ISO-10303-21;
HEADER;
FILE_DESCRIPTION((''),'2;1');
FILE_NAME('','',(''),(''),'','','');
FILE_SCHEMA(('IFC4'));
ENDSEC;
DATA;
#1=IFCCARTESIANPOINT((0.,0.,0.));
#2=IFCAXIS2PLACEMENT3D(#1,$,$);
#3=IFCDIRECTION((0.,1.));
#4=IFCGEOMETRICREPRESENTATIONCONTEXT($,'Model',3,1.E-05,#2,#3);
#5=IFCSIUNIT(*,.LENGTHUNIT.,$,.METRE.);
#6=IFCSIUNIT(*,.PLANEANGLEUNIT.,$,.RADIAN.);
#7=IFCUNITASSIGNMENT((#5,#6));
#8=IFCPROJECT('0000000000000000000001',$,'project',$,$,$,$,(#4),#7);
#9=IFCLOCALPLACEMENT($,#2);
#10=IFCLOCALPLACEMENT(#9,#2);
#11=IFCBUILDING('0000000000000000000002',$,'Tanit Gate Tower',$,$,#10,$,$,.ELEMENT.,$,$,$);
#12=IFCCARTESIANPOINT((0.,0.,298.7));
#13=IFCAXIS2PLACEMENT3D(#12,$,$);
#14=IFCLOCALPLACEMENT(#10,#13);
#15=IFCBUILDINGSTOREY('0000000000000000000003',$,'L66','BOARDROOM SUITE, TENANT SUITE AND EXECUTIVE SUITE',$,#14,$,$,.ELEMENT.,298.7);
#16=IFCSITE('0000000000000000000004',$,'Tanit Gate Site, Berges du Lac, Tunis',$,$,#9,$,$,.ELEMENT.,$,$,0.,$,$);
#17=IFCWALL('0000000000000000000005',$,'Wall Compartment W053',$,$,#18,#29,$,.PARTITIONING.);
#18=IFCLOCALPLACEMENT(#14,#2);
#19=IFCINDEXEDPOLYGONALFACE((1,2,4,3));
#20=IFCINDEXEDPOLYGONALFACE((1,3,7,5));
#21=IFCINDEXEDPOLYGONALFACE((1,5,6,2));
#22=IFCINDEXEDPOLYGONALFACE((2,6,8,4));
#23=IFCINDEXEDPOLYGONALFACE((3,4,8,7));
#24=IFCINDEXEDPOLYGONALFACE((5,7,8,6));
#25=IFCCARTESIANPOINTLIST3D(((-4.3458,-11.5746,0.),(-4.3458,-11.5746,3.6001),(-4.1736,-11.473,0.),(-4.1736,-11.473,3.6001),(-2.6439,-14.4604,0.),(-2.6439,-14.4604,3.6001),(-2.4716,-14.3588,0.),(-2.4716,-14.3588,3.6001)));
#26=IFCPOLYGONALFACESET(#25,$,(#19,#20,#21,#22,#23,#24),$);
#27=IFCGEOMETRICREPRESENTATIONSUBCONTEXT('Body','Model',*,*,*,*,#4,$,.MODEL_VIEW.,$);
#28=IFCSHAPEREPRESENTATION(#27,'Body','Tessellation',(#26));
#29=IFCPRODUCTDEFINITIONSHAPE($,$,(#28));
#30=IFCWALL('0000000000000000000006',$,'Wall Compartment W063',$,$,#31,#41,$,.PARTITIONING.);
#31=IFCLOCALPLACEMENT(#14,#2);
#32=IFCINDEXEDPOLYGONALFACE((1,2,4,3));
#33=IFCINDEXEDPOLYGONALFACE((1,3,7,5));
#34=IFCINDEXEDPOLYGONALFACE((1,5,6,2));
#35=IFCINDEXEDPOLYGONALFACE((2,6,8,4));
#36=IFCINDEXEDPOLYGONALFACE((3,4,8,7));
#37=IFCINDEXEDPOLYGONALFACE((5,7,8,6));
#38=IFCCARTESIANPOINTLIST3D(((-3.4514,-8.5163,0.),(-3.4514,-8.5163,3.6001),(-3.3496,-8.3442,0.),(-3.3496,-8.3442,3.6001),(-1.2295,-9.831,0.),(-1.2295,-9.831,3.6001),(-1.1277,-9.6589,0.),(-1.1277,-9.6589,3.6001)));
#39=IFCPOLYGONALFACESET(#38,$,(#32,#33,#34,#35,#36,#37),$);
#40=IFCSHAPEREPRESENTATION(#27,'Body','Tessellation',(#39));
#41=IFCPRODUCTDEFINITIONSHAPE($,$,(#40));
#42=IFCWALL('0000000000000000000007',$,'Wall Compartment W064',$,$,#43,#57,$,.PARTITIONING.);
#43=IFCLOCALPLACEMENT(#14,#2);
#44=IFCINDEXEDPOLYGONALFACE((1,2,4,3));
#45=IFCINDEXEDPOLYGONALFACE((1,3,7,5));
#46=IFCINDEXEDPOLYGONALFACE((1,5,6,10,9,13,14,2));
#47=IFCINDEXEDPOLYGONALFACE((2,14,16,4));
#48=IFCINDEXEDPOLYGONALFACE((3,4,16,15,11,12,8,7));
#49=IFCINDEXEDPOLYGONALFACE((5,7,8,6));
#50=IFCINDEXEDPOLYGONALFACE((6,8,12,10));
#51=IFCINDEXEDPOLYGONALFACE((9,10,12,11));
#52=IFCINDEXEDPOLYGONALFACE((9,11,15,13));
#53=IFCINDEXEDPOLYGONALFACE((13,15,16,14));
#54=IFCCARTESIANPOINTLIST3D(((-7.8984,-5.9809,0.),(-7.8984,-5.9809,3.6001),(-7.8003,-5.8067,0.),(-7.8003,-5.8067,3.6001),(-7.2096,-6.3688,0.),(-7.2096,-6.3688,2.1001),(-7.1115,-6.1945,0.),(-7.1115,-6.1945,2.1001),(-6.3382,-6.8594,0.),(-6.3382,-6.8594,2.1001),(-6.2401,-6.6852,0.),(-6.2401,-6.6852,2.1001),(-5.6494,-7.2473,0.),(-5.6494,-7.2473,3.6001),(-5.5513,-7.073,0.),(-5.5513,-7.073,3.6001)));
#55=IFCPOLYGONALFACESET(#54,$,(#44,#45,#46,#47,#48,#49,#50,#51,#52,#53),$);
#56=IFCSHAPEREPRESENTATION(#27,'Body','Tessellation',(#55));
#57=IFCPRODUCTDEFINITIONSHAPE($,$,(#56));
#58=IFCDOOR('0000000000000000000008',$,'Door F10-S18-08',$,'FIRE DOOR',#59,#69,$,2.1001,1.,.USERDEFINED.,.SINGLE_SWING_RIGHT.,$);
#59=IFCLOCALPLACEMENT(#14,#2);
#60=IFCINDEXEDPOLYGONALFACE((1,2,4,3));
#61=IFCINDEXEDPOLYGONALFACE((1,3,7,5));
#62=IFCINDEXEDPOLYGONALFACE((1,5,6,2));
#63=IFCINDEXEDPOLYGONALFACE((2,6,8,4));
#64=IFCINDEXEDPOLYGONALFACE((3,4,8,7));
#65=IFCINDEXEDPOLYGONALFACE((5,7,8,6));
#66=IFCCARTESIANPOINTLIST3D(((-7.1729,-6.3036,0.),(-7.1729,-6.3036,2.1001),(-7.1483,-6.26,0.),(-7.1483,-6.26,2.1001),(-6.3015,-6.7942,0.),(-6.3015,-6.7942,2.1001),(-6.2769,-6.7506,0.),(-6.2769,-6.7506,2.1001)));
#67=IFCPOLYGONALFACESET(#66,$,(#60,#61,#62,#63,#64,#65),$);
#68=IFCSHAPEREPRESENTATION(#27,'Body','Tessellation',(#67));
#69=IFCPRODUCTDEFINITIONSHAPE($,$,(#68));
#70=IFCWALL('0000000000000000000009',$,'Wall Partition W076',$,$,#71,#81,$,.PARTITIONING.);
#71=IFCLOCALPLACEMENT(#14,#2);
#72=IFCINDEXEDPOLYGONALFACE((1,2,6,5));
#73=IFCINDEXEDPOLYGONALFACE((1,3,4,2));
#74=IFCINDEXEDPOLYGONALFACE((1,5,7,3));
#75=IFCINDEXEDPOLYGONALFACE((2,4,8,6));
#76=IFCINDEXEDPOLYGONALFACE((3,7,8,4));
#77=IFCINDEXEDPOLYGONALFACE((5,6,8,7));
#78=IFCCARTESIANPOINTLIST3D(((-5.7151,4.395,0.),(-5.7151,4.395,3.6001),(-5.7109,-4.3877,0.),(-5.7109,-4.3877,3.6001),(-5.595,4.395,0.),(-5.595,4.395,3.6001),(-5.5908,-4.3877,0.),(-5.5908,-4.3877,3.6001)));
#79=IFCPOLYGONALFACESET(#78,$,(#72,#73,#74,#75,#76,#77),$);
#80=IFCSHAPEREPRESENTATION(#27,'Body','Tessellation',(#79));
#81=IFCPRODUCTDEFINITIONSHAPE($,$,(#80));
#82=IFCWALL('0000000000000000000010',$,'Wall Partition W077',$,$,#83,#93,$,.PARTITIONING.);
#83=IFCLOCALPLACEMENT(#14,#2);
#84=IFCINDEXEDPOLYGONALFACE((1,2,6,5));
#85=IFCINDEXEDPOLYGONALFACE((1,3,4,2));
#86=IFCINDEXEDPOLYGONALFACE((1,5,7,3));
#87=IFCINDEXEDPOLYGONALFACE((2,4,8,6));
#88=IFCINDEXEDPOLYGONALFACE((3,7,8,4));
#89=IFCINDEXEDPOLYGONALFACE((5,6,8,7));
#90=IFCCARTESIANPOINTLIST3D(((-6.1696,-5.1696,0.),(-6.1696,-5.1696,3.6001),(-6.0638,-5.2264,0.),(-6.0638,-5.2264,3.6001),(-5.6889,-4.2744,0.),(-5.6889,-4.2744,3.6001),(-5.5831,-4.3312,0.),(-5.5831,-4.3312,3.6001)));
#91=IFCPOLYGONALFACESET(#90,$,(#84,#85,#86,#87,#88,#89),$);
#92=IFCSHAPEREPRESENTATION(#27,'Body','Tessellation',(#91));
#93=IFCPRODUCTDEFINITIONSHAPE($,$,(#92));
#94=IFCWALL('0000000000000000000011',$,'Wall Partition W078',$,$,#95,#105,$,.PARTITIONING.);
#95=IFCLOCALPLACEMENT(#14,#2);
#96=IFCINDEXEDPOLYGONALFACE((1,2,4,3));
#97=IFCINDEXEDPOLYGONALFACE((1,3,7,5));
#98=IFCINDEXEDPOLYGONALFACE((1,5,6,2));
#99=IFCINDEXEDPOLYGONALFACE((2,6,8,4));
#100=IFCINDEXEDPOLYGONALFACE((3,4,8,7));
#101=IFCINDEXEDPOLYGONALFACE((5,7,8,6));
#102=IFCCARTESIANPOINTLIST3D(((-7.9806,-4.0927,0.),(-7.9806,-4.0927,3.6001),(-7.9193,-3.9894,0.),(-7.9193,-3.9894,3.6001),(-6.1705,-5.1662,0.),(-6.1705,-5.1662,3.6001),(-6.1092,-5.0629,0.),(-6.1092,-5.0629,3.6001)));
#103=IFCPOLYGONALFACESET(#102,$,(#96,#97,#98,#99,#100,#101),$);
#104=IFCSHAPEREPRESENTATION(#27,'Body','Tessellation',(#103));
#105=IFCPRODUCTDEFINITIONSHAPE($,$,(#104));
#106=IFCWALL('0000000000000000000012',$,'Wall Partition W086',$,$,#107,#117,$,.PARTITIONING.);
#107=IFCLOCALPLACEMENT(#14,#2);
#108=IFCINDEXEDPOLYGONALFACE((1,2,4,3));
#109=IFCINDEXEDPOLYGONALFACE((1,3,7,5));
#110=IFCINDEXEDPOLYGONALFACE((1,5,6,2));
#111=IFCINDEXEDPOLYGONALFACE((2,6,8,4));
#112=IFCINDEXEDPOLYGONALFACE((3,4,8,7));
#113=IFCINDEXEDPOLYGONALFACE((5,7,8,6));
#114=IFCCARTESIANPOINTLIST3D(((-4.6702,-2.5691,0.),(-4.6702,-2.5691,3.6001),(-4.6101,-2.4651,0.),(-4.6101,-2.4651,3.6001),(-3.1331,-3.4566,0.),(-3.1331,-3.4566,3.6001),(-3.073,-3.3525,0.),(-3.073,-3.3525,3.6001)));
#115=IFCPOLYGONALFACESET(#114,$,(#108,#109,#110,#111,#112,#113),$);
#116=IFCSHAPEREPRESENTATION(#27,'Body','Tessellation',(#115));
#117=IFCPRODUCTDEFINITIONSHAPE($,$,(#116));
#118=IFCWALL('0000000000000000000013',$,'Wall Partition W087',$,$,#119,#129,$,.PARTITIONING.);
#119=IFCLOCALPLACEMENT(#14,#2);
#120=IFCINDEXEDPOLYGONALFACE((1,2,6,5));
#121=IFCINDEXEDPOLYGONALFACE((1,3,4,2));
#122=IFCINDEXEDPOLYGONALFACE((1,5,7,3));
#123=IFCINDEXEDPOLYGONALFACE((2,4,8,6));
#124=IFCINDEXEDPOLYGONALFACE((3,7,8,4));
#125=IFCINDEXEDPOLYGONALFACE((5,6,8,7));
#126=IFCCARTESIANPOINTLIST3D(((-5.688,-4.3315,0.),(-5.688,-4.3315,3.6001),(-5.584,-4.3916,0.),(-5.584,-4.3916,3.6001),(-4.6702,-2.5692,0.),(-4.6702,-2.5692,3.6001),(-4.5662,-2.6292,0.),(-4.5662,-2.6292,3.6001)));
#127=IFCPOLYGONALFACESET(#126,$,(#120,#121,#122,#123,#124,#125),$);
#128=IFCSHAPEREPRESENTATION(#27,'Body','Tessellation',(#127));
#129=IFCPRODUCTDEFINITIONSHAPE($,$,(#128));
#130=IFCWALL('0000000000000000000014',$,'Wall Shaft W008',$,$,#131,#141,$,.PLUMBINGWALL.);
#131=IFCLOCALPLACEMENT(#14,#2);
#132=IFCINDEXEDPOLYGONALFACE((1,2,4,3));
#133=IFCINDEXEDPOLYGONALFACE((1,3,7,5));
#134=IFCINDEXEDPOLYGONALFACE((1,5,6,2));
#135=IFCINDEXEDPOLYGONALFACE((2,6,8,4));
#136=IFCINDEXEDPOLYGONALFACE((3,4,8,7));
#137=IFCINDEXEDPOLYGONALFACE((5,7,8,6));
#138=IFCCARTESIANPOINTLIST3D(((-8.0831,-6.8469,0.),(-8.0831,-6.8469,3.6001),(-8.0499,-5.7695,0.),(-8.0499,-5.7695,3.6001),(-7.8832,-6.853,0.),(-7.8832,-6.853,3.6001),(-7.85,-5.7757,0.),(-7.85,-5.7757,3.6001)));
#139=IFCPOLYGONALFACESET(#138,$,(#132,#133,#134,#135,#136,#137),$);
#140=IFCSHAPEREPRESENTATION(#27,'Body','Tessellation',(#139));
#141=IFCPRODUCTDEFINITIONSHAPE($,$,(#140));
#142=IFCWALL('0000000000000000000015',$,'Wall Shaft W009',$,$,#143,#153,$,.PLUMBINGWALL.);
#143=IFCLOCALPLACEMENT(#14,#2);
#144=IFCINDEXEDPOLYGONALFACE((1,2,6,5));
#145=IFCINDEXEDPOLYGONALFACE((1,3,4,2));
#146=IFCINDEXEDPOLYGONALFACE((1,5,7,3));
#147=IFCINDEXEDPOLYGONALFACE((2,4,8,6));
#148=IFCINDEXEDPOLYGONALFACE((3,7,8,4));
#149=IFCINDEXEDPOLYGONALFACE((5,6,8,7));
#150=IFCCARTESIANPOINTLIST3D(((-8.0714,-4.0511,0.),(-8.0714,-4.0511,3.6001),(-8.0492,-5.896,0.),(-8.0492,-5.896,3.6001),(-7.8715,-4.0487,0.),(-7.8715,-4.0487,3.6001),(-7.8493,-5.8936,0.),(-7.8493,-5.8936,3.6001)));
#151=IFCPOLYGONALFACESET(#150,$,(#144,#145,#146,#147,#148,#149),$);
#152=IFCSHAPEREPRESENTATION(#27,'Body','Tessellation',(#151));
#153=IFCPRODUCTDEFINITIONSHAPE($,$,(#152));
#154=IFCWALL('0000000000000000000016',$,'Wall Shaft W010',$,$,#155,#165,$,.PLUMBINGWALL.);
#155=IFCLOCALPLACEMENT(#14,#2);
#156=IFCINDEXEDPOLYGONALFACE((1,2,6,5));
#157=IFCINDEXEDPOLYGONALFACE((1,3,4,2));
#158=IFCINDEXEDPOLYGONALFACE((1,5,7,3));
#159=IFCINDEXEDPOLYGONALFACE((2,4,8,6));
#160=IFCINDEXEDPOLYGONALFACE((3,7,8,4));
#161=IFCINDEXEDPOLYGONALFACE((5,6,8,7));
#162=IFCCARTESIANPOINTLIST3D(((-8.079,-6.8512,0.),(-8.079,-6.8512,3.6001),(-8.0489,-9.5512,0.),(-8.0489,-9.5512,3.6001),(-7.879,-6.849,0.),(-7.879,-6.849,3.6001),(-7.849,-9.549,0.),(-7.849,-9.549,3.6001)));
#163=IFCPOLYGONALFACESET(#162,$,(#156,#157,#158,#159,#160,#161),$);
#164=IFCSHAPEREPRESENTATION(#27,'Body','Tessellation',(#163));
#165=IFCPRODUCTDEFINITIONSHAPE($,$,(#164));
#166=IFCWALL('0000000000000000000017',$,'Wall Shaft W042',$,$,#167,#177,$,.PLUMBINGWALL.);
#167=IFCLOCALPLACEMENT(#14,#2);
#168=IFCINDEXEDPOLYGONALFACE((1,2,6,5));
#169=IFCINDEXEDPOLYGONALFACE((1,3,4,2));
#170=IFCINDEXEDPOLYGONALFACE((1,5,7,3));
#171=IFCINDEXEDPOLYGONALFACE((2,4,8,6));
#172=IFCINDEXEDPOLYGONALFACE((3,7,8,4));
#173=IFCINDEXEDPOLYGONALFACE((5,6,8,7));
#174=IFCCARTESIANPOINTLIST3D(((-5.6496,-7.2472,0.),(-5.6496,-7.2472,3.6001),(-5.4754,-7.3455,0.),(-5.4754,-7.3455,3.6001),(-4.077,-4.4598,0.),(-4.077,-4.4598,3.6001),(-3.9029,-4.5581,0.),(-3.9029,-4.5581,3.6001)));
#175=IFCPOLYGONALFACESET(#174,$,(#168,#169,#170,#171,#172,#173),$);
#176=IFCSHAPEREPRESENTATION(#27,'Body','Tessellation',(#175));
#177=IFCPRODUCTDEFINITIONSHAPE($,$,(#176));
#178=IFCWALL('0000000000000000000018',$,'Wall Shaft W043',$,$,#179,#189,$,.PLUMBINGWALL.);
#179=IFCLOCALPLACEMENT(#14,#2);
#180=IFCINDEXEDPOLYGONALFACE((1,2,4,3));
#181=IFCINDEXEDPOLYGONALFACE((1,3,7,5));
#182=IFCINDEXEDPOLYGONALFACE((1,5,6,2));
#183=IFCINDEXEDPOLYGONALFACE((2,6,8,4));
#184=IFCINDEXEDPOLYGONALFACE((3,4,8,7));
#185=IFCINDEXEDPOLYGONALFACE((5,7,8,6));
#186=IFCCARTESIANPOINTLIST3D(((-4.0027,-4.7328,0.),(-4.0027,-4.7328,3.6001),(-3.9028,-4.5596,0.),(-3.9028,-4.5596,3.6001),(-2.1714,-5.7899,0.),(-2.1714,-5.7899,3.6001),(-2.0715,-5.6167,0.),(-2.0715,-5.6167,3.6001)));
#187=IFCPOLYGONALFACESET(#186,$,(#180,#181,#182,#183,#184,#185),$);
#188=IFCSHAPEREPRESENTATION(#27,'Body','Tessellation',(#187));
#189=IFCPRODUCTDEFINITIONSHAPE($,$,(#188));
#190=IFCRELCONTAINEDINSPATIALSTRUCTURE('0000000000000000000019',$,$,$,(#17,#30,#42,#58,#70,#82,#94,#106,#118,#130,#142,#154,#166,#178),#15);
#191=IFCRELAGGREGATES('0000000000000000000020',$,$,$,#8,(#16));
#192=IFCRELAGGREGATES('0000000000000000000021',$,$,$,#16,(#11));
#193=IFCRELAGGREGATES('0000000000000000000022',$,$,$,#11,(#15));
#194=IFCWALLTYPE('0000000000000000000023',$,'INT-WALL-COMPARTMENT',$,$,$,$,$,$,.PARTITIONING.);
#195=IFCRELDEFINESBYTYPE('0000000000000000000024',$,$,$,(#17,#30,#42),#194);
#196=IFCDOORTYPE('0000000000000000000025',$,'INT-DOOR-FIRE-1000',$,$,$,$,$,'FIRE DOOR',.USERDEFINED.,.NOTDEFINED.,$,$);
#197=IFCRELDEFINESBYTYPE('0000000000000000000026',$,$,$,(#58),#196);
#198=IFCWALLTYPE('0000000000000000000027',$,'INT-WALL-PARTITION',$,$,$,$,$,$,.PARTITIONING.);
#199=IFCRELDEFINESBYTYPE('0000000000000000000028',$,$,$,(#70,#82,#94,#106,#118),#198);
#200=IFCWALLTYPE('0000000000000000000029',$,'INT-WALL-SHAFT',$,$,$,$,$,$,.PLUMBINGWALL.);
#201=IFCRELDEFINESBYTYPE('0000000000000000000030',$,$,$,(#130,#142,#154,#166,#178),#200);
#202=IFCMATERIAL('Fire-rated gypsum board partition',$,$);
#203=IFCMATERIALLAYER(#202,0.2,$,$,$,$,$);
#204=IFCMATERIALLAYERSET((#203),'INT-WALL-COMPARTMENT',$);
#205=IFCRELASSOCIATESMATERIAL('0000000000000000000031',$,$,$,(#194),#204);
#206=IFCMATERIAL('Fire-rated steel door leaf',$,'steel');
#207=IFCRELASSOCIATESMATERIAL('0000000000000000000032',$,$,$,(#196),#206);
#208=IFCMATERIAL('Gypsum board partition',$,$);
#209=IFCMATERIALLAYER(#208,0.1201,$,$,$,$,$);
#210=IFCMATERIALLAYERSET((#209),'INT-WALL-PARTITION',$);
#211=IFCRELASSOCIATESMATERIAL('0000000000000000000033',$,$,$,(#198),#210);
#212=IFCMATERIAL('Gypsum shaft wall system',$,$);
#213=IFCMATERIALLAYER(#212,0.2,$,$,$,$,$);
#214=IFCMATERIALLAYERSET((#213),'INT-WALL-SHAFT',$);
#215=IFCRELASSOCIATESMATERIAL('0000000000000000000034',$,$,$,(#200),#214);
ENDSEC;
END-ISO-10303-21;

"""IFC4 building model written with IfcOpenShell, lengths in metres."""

from ifc_helpers import new_model, si_unit, direction, frame, frame_2d, origin, place, context, subcontext, project, spatial, rectangle, extrude, material, layer, layer_set, type_object, element, fill, save


model = new_model("IFC4")

# Units and contexts
model_context = context("Model", 3, precision=1e-05, world=origin(), true_north=direction((0.0, 1.0)))
body_context = subcontext(model_context, "Body", "Model", "MODEL_VIEW")
ifc_project = project(units=[si_unit("LENGTHUNIT", "METRE"), si_unit("PLANEANGLEUNIT", "RADIAN")], contexts=[model_context])

# Site, building, storey
site_placement = place(None, origin())
site = spatial("IfcSite", under=ifc_project, at=site_placement, Name="Tanit Gate Site, Berges du Lac, Tunis", CompositionType="ELEMENT", RefElevation=0.0)
building_placement = place(site_placement, origin())
building = spatial("IfcBuilding", under=site, at=building_placement, Name="Tanit Gate Tower", CompositionType="ELEMENT")
storey_placement = place(building_placement, frame((0.0, 0.0, 298.7)))
storey = spatial("IfcBuildingStorey", under=building, at=storey_placement, Name="L66", Description="BOARDROOM SUITE, TENANT SUITE AND EXECUTIVE SUITE", CompositionType="ELEMENT", Elevation=298.7)

# Walls
ifc_material_1 = material(Name="Fire-rated gypsum board partition")
ifc_layer_1 = layer(ifc_material_1, 0.2)
ifc_layer_set_1 = layer_set([ifc_layer_1], Name="INT-WALL-COMPARTMENT")
wall_type_1 = type_object("IfcWallType", Name="INT-WALL-COMPARTMENT", PredefinedType="PARTITIONING", material=ifc_layer_set_1)
wall_1_placement = place(storey_placement, frame((-4.2598, -11.5237, 0.0), z_axis=(0.0, 0.0, 1.0), x_axis=(0.507997, -0.861359, 0.0)))
element("IfcWall", 1, at=wall_1_placement, inside=storey, type_object=wall_type_1, Name="Wall Compartment W053", PredefinedType="PARTITIONING", context=body_context, shape_type="SweptSolid", body=[
    extrude(rectangle(XDim=3.3503, YDim=0.2, at=frame_2d((1.6753, 0.0))), origin(), (0.0, 0.0, 1.0), 3.6001),
])
wall_2_placement = place(storey_placement, frame((-3.4006, -8.4302, 0.0), z_axis=(0.0, 0.0, 1.0), x_axis=(0.860631, -0.509229, 0.0)))
element("IfcWall", 2, at=wall_2_placement, inside=storey, type_object=wall_type_1, Name="Wall Compartment W063", PredefinedType="PARTITIONING", context=body_context, shape_type="SweptSolid", body=[
    extrude(rectangle(XDim=2.5818, YDim=0.2, at=frame_2d((1.291, 0.0))), origin(), (0.0, 0.0, 1.0), 3.6001),
])

# Wall, opening, door
wall_3_placement = place(storey_placement, frame((-7.8494, -5.8938, 0.0), z_axis=(0.0, 0.0, 1.0), x_axis=(0.871363, -0.490638, 0.0)))
wall_3 = element("IfcWall", 3, at=wall_3_placement, inside=storey, type_object=wall_type_1, Name="Wall Compartment W064", PredefinedType="PARTITIONING", context=body_context, shape_type="SweptSolid", body=[
    extrude(rectangle(XDim=2.5811, YDim=0.2, at=frame_2d((1.2905, 0.0))), origin(), (0.0, 0.0, 1.0), 3.6001),
])
opening_1_placement = place(wall_3_placement, frame((0.7905, 0.0, 0.0)))
opening_1 = element("IfcOpeningElement", 4, at=opening_1_placement, cuts=wall_3, PredefinedType="OPENING", context=body_context, shape_type="SweptSolid", body=[
    extrude(rectangle(XDim=1.0, YDim=2.1001, at=frame_2d((0.5, 1.05))), frame((0.0, 0.1099, 0.0), z_axis=(0.0, -1.0, 0.0), x_axis=(1.0, 0.0, 0.0)), (0.0, 0.0, 1.0), 0.22),
])
ifc_material_2 = material(Name="Fire-rated steel door leaf", Category="steel")
door_type_1 = type_object("IfcDoorType", Name="INT-DOOR-FIRE-1000", ElementType="FIRE DOOR", OperationType="NOTDEFINED", PredefinedType="USERDEFINED", material=ifc_material_2)
door_1_placement = place(opening_1_placement, origin())
door_1 = element("IfcDoor", 5, at=door_1_placement, inside=storey, type_object=door_type_1, Name="Door F10-S18-08", ObjectType="FIRE DOOR", OperationType="SINGLE_SWING_RIGHT", OverallHeight=2.1001, OverallWidth=1.0, PredefinedType="USERDEFINED", context=body_context, shape_type="SweptSolid", body=[
    extrude(rectangle(XDim=1.0, YDim=2.1001, at=frame_2d((0.5, 1.05))), frame((0.0, 0.0249, 0.0), z_axis=(0.0, -1.0, 0.0), x_axis=(1.0, 0.0, 0.0)), (0.0, 0.0, 1.0), 0.05),
])
fill(opening_1, door_1)

# Walls
ifc_material_3 = material(Name="Gypsum board partition")
ifc_layer_2 = layer(ifc_material_3, 0.1201)
ifc_layer_set_2 = layer_set([ifc_layer_2], Name="INT-WALL-PARTITION")
wall_type_2 = type_object("IfcWallType", Name="INT-WALL-PARTITION", PredefinedType="PARTITIONING", material=ifc_layer_set_2)
wall_4_placement = place(storey_placement, frame((-5.6509, -4.3877, 0.0), z_axis=(0.0, 0.0, 1.0), x_axis=(-0.000473, 1.0, 0.0)))
element("IfcWall", 6, at=wall_4_placement, inside=storey, type_object=wall_type_2, Name="Wall Partition W076", PredefinedType="PARTITIONING", context=body_context, shape_type="SweptSolid", body=[
    extrude(rectangle(XDim=8.7827, YDim=0.1201, at=frame_2d((4.3914, 0.0))), origin(), (0.0, 0.0, 1.0), 3.6001),
])
wall_5_placement = place(storey_placement, frame((-6.1167, -5.198, 0.0), z_axis=(0.0, 0.0, 1.0), x_axis=(0.473068, 0.881026, 0.0)))
element("IfcWall", 7, at=wall_5_placement, inside=storey, type_object=wall_type_2, Name="Wall Partition W077", PredefinedType="PARTITIONING", context=body_context, shape_type="SweptSolid", body=[
    extrude(rectangle(XDim=1.0161, YDim=0.1201, at=frame_2d((0.5081, 0.0))), origin(), (0.0, 0.0, 1.0), 3.6001),
])
wall_6_placement = place(storey_placement, frame((-7.95, -4.041, 0.0), z_axis=(0.0, 0.0, 1.0), x_axis=(0.860112, -0.510104, 0.0)))
element("IfcWall", 8, at=wall_6_placement, inside=storey, type_object=wall_type_2, Name="Wall Partition W078", PredefinedType="PARTITIONING", context=body_context, shape_type="SweptSolid", body=[
    extrude(rectangle(XDim=2.1045, YDim=0.1201, at=frame_2d((1.0522, 0.0))), origin(), (0.0, 0.0, 1.0), 3.6001),
])
wall_7_placement = place(storey_placement, frame((-4.6401, -2.5171, 0.0), z_axis=(0.0, 0.0, 1.0), x_axis=(0.866025, -0.5, 0.0)))
element("IfcWall", 9, at=wall_7_placement, inside=storey, type_object=wall_type_2, Name="Wall Partition W086", PredefinedType="PARTITIONING", context=body_context, shape_type="SweptSolid", body=[
    extrude(rectangle(XDim=1.7749, YDim=0.1201, at=frame_2d((0.8875, 0.0))), origin(), (0.0, 0.0, 1.0), 3.6001),
])
wall_8_placement = place(storey_placement, frame((-5.636, -4.3616, 0.0), z_axis=(0.0, 0.0, 1.0), x_axis=(0.5001, 0.865968, 0.0)))
element("IfcWall", 10, at=wall_8_placement, inside=storey, type_object=wall_type_2, Name="Wall Partition W087", PredefinedType="PARTITIONING", context=body_context, shape_type="SweptSolid", body=[
    extrude(rectangle(XDim=2.0352, YDim=0.1201, at=frame_2d((1.0176, 0.0))), origin(), (0.0, 0.0, 1.0), 3.6001),
])
ifc_material_4 = material(Name="Gypsum shaft wall system")
ifc_layer_3 = layer(ifc_material_4, 0.2)
ifc_layer_set_3 = layer_set([ifc_layer_3], Name="INT-WALL-SHAFT")
wall_type_3 = type_object("IfcWallType", Name="INT-WALL-SHAFT", PredefinedType="PLUMBINGWALL", material=ifc_layer_set_3)
wall_9_placement = place(storey_placement, frame((-7.95, -5.7725, 0.0), z_axis=(0.0, 0.0, 1.0), x_axis=(-0.030803, -0.999525, 0.0)))
element("IfcWall", 11, at=wall_9_placement, inside=storey, type_object=wall_type_3, Name="Wall Shaft W008", PredefinedType="PLUMBINGWALL", context=body_context, shape_type="SweptSolid", body=[
    extrude(rectangle(XDim=1.0779, YDim=0.2, at=frame_2d((0.5391, 0.0))), origin(), (0.0, 0.0, 1.0), 3.6001),
])
wall_10_placement = place(storey_placement, frame((-7.9714, -4.05, 0.0), z_axis=(0.0, 0.0, 1.0), x_axis=(0.012043, -0.999927, 0.0)))
element("IfcWall", 12, at=wall_10_placement, inside=storey, type_object=wall_type_3, Name="Wall Shaft W009", PredefinedType="PLUMBINGWALL", context=body_context, shape_type="SweptSolid", body=[
    extrude(rectangle(XDim=1.845, YDim=0.2, at=frame_2d((0.9224, 0.0))), origin(), (0.0, 0.0, 1.0), 3.6001),
])
wall_11_placement = place(storey_placement, frame((-7.979, -6.8501, 0.0), z_axis=(0.0, 0.0, 1.0), x_axis=(0.011121, -0.999938, 0.0)))
element("IfcWall", 13, at=wall_11_placement, inside=storey, type_object=wall_type_3, Name="Wall Shaft W010", PredefinedType="PLUMBINGWALL", context=body_context, shape_type="SweptSolid", body=[
    extrude(rectangle(XDim=2.7002, YDim=0.2, at=frame_2d((1.3501, 0.0))), origin(), (0.0, 0.0, 1.0), 3.6001),
])

# Walls
wall_12_placement = place(storey_placement, frame((-3.99, -4.509, 0.0), z_axis=(0.0, 0.0, 1.0), x_axis=(-0.491358, -0.870958, 0.0)))
element("IfcWall", 14, at=wall_12_placement, inside=storey, type_object=wall_type_3, Name="Wall Shaft W042", PredefinedType="PLUMBINGWALL", context=body_context, shape_type="SweptSolid", body=[
    extrude(rectangle(XDim=3.2004, YDim=0.2, at=frame_2d((1.6001, 0.0))), origin(), (0.0, 0.0, 1.0), 3.6001),
])
wall_13_placement = place(storey_placement, frame((-3.9526, -4.6462, 0.0), z_axis=(0.0, 0.0, 1.0), x_axis=(0.866061, -0.499939, 0.0)))
element("IfcWall", 15, at=wall_13_placement, inside=storey, type_object=wall_type_3, Name="Wall Shaft W043", PredefinedType="PLUMBINGWALL", context=body_context, shape_type="SweptSolid", body=[
    extrude(rectangle(XDim=2.1145, YDim=0.2, at=frame_2d((1.0571, 0.0))), origin(), (0.0, 0.0, 1.0), 3.6001),
])

save(model, "model.ifc")
